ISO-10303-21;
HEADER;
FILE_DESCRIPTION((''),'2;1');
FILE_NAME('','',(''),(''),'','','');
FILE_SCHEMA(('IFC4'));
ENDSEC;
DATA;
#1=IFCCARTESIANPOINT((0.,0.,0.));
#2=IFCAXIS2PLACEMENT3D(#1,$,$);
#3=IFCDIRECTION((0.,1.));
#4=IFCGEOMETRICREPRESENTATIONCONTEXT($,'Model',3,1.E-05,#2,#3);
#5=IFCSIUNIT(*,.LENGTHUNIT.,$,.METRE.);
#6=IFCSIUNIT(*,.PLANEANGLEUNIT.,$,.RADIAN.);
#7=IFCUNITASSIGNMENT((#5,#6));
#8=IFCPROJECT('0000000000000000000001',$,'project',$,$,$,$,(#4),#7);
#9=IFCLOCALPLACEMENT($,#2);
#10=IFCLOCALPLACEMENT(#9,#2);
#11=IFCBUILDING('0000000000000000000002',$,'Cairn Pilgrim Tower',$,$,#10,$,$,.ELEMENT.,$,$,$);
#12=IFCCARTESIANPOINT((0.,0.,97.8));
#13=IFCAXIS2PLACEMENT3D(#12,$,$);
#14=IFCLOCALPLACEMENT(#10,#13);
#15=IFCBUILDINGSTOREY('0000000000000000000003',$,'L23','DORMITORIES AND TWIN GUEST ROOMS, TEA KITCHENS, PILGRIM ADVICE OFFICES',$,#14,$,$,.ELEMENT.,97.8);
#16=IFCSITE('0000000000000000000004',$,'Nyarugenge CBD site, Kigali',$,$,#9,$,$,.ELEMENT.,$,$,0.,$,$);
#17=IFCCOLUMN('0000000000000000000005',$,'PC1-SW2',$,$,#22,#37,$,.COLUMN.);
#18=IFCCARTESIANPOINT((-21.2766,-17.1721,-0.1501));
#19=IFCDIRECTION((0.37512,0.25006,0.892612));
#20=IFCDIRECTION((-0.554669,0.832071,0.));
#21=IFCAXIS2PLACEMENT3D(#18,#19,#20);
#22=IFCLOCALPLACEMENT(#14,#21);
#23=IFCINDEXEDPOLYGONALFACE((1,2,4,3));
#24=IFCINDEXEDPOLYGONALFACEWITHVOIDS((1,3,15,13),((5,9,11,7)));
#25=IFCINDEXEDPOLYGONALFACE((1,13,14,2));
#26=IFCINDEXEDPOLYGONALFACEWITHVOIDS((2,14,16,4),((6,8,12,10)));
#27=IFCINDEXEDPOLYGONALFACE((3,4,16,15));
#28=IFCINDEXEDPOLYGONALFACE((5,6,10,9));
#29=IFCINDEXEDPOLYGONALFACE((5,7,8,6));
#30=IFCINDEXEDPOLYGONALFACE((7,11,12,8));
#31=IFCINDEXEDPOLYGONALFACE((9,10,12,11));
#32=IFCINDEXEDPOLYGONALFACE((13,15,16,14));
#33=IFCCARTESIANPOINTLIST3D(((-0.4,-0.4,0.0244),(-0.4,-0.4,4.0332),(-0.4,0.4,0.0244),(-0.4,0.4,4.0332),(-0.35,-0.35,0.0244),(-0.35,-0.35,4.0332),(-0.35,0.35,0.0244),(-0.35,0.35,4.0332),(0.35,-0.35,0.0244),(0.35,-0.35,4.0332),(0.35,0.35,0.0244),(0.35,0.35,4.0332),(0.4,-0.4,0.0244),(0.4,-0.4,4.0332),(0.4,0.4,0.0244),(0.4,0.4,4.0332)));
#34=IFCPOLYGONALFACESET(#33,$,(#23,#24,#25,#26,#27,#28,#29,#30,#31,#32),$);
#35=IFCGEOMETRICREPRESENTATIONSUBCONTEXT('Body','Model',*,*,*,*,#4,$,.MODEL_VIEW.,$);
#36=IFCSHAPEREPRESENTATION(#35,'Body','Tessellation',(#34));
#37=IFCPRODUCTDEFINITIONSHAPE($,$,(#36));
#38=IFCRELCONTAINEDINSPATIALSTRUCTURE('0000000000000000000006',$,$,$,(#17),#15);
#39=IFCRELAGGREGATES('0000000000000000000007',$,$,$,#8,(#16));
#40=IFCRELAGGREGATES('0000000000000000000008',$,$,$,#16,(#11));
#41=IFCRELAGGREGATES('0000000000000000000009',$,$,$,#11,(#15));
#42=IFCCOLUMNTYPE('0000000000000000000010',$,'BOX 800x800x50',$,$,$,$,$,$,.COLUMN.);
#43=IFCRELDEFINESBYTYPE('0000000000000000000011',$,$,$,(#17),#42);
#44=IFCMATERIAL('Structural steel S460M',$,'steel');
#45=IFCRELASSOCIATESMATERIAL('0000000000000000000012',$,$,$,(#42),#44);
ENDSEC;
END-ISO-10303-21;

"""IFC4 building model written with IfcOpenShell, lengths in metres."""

from ifc_helpers import new_model, si_unit, direction, frame, origin, origin_2d, place, context, subcontext, project, spatial, hollow_rectangle, extrude, clip, halfspace, material, material_profile, profile_set, type_object, element, save


model = new_model("IFC4")

# Units and contexts
model_context = context("Model", 3, precision=1e-05, world=origin(), true_north=direction((0.0, 1.0)))
body_context = subcontext(model_context, "Body", "Model", "MODEL_VIEW")
ifc_project = project(units=[si_unit("LENGTHUNIT", "METRE"), si_unit("PLANEANGLEUNIT", "RADIAN")], contexts=[model_context])

# Site, building, storey
site_placement = place(None, origin())
site = spatial("IfcSite", under=ifc_project, at=site_placement, Name="Nyarugenge CBD site, Kigali", CompositionType="ELEMENT", RefElevation=0.0)
building_placement = place(site_placement, origin())
building = spatial("IfcBuilding", under=site, at=building_placement, Name="Cairn Pilgrim Tower", CompositionType="ELEMENT")
storey_placement = place(building_placement, frame((0.0, 0.0, 97.8)))
storey = spatial("IfcBuildingStorey", under=building, at=storey_placement, Name="L23", Description="DORMITORIES AND TWIN GUEST ROOMS, TEA KITCHENS, PILGRIM ADVICE OFFICES", CompositionType="ELEMENT", Elevation=97.8)

# Column
ifc_material_1 = material(Name="Structural steel S460M", Category="steel")
ifc_material_profile_1 = material_profile(ifc_material_1, hollow_rectangle(XDim=0.8, YDim=0.8, WallThickness=0.05, at=origin_2d()), Name="BOX 800x800x50")
ifc_profile_set_1 = profile_set([ifc_material_profile_1], Name="Structural steel S460M")
column_type = type_object("IfcColumnType", Name="BOX 800x800x50", PredefinedType="COLUMN", material=ifc_profile_set_1)
column_placement = place(storey_placement, frame((-21.2766, -17.1721, -0.1501), z_axis=(0.37512, 0.25006, 0.892612), x_axis=(-0.554669, 0.832071, 0.0)))
element("IfcColumn", 1, at=column_placement, inside=storey, type_object=column_type, Name="PC1-SW2", PredefinedType="COLUMN", context=body_context, shape_type="Clipping", body=[
    clip(extrude(hollow_rectangle(XDim=0.8, YDim=0.8, WallThickness=0.05, at=origin_2d()), origin(), (0.0, 0.0, 1.0), 4.0332), halfspace(frame((0.0, 0.0, 0.0244), z_axis=(0.0, 0.0, 1.0), x_axis=(1.0, 0.0, 0.0)), True)),
])

save(model, "model.ifc")
